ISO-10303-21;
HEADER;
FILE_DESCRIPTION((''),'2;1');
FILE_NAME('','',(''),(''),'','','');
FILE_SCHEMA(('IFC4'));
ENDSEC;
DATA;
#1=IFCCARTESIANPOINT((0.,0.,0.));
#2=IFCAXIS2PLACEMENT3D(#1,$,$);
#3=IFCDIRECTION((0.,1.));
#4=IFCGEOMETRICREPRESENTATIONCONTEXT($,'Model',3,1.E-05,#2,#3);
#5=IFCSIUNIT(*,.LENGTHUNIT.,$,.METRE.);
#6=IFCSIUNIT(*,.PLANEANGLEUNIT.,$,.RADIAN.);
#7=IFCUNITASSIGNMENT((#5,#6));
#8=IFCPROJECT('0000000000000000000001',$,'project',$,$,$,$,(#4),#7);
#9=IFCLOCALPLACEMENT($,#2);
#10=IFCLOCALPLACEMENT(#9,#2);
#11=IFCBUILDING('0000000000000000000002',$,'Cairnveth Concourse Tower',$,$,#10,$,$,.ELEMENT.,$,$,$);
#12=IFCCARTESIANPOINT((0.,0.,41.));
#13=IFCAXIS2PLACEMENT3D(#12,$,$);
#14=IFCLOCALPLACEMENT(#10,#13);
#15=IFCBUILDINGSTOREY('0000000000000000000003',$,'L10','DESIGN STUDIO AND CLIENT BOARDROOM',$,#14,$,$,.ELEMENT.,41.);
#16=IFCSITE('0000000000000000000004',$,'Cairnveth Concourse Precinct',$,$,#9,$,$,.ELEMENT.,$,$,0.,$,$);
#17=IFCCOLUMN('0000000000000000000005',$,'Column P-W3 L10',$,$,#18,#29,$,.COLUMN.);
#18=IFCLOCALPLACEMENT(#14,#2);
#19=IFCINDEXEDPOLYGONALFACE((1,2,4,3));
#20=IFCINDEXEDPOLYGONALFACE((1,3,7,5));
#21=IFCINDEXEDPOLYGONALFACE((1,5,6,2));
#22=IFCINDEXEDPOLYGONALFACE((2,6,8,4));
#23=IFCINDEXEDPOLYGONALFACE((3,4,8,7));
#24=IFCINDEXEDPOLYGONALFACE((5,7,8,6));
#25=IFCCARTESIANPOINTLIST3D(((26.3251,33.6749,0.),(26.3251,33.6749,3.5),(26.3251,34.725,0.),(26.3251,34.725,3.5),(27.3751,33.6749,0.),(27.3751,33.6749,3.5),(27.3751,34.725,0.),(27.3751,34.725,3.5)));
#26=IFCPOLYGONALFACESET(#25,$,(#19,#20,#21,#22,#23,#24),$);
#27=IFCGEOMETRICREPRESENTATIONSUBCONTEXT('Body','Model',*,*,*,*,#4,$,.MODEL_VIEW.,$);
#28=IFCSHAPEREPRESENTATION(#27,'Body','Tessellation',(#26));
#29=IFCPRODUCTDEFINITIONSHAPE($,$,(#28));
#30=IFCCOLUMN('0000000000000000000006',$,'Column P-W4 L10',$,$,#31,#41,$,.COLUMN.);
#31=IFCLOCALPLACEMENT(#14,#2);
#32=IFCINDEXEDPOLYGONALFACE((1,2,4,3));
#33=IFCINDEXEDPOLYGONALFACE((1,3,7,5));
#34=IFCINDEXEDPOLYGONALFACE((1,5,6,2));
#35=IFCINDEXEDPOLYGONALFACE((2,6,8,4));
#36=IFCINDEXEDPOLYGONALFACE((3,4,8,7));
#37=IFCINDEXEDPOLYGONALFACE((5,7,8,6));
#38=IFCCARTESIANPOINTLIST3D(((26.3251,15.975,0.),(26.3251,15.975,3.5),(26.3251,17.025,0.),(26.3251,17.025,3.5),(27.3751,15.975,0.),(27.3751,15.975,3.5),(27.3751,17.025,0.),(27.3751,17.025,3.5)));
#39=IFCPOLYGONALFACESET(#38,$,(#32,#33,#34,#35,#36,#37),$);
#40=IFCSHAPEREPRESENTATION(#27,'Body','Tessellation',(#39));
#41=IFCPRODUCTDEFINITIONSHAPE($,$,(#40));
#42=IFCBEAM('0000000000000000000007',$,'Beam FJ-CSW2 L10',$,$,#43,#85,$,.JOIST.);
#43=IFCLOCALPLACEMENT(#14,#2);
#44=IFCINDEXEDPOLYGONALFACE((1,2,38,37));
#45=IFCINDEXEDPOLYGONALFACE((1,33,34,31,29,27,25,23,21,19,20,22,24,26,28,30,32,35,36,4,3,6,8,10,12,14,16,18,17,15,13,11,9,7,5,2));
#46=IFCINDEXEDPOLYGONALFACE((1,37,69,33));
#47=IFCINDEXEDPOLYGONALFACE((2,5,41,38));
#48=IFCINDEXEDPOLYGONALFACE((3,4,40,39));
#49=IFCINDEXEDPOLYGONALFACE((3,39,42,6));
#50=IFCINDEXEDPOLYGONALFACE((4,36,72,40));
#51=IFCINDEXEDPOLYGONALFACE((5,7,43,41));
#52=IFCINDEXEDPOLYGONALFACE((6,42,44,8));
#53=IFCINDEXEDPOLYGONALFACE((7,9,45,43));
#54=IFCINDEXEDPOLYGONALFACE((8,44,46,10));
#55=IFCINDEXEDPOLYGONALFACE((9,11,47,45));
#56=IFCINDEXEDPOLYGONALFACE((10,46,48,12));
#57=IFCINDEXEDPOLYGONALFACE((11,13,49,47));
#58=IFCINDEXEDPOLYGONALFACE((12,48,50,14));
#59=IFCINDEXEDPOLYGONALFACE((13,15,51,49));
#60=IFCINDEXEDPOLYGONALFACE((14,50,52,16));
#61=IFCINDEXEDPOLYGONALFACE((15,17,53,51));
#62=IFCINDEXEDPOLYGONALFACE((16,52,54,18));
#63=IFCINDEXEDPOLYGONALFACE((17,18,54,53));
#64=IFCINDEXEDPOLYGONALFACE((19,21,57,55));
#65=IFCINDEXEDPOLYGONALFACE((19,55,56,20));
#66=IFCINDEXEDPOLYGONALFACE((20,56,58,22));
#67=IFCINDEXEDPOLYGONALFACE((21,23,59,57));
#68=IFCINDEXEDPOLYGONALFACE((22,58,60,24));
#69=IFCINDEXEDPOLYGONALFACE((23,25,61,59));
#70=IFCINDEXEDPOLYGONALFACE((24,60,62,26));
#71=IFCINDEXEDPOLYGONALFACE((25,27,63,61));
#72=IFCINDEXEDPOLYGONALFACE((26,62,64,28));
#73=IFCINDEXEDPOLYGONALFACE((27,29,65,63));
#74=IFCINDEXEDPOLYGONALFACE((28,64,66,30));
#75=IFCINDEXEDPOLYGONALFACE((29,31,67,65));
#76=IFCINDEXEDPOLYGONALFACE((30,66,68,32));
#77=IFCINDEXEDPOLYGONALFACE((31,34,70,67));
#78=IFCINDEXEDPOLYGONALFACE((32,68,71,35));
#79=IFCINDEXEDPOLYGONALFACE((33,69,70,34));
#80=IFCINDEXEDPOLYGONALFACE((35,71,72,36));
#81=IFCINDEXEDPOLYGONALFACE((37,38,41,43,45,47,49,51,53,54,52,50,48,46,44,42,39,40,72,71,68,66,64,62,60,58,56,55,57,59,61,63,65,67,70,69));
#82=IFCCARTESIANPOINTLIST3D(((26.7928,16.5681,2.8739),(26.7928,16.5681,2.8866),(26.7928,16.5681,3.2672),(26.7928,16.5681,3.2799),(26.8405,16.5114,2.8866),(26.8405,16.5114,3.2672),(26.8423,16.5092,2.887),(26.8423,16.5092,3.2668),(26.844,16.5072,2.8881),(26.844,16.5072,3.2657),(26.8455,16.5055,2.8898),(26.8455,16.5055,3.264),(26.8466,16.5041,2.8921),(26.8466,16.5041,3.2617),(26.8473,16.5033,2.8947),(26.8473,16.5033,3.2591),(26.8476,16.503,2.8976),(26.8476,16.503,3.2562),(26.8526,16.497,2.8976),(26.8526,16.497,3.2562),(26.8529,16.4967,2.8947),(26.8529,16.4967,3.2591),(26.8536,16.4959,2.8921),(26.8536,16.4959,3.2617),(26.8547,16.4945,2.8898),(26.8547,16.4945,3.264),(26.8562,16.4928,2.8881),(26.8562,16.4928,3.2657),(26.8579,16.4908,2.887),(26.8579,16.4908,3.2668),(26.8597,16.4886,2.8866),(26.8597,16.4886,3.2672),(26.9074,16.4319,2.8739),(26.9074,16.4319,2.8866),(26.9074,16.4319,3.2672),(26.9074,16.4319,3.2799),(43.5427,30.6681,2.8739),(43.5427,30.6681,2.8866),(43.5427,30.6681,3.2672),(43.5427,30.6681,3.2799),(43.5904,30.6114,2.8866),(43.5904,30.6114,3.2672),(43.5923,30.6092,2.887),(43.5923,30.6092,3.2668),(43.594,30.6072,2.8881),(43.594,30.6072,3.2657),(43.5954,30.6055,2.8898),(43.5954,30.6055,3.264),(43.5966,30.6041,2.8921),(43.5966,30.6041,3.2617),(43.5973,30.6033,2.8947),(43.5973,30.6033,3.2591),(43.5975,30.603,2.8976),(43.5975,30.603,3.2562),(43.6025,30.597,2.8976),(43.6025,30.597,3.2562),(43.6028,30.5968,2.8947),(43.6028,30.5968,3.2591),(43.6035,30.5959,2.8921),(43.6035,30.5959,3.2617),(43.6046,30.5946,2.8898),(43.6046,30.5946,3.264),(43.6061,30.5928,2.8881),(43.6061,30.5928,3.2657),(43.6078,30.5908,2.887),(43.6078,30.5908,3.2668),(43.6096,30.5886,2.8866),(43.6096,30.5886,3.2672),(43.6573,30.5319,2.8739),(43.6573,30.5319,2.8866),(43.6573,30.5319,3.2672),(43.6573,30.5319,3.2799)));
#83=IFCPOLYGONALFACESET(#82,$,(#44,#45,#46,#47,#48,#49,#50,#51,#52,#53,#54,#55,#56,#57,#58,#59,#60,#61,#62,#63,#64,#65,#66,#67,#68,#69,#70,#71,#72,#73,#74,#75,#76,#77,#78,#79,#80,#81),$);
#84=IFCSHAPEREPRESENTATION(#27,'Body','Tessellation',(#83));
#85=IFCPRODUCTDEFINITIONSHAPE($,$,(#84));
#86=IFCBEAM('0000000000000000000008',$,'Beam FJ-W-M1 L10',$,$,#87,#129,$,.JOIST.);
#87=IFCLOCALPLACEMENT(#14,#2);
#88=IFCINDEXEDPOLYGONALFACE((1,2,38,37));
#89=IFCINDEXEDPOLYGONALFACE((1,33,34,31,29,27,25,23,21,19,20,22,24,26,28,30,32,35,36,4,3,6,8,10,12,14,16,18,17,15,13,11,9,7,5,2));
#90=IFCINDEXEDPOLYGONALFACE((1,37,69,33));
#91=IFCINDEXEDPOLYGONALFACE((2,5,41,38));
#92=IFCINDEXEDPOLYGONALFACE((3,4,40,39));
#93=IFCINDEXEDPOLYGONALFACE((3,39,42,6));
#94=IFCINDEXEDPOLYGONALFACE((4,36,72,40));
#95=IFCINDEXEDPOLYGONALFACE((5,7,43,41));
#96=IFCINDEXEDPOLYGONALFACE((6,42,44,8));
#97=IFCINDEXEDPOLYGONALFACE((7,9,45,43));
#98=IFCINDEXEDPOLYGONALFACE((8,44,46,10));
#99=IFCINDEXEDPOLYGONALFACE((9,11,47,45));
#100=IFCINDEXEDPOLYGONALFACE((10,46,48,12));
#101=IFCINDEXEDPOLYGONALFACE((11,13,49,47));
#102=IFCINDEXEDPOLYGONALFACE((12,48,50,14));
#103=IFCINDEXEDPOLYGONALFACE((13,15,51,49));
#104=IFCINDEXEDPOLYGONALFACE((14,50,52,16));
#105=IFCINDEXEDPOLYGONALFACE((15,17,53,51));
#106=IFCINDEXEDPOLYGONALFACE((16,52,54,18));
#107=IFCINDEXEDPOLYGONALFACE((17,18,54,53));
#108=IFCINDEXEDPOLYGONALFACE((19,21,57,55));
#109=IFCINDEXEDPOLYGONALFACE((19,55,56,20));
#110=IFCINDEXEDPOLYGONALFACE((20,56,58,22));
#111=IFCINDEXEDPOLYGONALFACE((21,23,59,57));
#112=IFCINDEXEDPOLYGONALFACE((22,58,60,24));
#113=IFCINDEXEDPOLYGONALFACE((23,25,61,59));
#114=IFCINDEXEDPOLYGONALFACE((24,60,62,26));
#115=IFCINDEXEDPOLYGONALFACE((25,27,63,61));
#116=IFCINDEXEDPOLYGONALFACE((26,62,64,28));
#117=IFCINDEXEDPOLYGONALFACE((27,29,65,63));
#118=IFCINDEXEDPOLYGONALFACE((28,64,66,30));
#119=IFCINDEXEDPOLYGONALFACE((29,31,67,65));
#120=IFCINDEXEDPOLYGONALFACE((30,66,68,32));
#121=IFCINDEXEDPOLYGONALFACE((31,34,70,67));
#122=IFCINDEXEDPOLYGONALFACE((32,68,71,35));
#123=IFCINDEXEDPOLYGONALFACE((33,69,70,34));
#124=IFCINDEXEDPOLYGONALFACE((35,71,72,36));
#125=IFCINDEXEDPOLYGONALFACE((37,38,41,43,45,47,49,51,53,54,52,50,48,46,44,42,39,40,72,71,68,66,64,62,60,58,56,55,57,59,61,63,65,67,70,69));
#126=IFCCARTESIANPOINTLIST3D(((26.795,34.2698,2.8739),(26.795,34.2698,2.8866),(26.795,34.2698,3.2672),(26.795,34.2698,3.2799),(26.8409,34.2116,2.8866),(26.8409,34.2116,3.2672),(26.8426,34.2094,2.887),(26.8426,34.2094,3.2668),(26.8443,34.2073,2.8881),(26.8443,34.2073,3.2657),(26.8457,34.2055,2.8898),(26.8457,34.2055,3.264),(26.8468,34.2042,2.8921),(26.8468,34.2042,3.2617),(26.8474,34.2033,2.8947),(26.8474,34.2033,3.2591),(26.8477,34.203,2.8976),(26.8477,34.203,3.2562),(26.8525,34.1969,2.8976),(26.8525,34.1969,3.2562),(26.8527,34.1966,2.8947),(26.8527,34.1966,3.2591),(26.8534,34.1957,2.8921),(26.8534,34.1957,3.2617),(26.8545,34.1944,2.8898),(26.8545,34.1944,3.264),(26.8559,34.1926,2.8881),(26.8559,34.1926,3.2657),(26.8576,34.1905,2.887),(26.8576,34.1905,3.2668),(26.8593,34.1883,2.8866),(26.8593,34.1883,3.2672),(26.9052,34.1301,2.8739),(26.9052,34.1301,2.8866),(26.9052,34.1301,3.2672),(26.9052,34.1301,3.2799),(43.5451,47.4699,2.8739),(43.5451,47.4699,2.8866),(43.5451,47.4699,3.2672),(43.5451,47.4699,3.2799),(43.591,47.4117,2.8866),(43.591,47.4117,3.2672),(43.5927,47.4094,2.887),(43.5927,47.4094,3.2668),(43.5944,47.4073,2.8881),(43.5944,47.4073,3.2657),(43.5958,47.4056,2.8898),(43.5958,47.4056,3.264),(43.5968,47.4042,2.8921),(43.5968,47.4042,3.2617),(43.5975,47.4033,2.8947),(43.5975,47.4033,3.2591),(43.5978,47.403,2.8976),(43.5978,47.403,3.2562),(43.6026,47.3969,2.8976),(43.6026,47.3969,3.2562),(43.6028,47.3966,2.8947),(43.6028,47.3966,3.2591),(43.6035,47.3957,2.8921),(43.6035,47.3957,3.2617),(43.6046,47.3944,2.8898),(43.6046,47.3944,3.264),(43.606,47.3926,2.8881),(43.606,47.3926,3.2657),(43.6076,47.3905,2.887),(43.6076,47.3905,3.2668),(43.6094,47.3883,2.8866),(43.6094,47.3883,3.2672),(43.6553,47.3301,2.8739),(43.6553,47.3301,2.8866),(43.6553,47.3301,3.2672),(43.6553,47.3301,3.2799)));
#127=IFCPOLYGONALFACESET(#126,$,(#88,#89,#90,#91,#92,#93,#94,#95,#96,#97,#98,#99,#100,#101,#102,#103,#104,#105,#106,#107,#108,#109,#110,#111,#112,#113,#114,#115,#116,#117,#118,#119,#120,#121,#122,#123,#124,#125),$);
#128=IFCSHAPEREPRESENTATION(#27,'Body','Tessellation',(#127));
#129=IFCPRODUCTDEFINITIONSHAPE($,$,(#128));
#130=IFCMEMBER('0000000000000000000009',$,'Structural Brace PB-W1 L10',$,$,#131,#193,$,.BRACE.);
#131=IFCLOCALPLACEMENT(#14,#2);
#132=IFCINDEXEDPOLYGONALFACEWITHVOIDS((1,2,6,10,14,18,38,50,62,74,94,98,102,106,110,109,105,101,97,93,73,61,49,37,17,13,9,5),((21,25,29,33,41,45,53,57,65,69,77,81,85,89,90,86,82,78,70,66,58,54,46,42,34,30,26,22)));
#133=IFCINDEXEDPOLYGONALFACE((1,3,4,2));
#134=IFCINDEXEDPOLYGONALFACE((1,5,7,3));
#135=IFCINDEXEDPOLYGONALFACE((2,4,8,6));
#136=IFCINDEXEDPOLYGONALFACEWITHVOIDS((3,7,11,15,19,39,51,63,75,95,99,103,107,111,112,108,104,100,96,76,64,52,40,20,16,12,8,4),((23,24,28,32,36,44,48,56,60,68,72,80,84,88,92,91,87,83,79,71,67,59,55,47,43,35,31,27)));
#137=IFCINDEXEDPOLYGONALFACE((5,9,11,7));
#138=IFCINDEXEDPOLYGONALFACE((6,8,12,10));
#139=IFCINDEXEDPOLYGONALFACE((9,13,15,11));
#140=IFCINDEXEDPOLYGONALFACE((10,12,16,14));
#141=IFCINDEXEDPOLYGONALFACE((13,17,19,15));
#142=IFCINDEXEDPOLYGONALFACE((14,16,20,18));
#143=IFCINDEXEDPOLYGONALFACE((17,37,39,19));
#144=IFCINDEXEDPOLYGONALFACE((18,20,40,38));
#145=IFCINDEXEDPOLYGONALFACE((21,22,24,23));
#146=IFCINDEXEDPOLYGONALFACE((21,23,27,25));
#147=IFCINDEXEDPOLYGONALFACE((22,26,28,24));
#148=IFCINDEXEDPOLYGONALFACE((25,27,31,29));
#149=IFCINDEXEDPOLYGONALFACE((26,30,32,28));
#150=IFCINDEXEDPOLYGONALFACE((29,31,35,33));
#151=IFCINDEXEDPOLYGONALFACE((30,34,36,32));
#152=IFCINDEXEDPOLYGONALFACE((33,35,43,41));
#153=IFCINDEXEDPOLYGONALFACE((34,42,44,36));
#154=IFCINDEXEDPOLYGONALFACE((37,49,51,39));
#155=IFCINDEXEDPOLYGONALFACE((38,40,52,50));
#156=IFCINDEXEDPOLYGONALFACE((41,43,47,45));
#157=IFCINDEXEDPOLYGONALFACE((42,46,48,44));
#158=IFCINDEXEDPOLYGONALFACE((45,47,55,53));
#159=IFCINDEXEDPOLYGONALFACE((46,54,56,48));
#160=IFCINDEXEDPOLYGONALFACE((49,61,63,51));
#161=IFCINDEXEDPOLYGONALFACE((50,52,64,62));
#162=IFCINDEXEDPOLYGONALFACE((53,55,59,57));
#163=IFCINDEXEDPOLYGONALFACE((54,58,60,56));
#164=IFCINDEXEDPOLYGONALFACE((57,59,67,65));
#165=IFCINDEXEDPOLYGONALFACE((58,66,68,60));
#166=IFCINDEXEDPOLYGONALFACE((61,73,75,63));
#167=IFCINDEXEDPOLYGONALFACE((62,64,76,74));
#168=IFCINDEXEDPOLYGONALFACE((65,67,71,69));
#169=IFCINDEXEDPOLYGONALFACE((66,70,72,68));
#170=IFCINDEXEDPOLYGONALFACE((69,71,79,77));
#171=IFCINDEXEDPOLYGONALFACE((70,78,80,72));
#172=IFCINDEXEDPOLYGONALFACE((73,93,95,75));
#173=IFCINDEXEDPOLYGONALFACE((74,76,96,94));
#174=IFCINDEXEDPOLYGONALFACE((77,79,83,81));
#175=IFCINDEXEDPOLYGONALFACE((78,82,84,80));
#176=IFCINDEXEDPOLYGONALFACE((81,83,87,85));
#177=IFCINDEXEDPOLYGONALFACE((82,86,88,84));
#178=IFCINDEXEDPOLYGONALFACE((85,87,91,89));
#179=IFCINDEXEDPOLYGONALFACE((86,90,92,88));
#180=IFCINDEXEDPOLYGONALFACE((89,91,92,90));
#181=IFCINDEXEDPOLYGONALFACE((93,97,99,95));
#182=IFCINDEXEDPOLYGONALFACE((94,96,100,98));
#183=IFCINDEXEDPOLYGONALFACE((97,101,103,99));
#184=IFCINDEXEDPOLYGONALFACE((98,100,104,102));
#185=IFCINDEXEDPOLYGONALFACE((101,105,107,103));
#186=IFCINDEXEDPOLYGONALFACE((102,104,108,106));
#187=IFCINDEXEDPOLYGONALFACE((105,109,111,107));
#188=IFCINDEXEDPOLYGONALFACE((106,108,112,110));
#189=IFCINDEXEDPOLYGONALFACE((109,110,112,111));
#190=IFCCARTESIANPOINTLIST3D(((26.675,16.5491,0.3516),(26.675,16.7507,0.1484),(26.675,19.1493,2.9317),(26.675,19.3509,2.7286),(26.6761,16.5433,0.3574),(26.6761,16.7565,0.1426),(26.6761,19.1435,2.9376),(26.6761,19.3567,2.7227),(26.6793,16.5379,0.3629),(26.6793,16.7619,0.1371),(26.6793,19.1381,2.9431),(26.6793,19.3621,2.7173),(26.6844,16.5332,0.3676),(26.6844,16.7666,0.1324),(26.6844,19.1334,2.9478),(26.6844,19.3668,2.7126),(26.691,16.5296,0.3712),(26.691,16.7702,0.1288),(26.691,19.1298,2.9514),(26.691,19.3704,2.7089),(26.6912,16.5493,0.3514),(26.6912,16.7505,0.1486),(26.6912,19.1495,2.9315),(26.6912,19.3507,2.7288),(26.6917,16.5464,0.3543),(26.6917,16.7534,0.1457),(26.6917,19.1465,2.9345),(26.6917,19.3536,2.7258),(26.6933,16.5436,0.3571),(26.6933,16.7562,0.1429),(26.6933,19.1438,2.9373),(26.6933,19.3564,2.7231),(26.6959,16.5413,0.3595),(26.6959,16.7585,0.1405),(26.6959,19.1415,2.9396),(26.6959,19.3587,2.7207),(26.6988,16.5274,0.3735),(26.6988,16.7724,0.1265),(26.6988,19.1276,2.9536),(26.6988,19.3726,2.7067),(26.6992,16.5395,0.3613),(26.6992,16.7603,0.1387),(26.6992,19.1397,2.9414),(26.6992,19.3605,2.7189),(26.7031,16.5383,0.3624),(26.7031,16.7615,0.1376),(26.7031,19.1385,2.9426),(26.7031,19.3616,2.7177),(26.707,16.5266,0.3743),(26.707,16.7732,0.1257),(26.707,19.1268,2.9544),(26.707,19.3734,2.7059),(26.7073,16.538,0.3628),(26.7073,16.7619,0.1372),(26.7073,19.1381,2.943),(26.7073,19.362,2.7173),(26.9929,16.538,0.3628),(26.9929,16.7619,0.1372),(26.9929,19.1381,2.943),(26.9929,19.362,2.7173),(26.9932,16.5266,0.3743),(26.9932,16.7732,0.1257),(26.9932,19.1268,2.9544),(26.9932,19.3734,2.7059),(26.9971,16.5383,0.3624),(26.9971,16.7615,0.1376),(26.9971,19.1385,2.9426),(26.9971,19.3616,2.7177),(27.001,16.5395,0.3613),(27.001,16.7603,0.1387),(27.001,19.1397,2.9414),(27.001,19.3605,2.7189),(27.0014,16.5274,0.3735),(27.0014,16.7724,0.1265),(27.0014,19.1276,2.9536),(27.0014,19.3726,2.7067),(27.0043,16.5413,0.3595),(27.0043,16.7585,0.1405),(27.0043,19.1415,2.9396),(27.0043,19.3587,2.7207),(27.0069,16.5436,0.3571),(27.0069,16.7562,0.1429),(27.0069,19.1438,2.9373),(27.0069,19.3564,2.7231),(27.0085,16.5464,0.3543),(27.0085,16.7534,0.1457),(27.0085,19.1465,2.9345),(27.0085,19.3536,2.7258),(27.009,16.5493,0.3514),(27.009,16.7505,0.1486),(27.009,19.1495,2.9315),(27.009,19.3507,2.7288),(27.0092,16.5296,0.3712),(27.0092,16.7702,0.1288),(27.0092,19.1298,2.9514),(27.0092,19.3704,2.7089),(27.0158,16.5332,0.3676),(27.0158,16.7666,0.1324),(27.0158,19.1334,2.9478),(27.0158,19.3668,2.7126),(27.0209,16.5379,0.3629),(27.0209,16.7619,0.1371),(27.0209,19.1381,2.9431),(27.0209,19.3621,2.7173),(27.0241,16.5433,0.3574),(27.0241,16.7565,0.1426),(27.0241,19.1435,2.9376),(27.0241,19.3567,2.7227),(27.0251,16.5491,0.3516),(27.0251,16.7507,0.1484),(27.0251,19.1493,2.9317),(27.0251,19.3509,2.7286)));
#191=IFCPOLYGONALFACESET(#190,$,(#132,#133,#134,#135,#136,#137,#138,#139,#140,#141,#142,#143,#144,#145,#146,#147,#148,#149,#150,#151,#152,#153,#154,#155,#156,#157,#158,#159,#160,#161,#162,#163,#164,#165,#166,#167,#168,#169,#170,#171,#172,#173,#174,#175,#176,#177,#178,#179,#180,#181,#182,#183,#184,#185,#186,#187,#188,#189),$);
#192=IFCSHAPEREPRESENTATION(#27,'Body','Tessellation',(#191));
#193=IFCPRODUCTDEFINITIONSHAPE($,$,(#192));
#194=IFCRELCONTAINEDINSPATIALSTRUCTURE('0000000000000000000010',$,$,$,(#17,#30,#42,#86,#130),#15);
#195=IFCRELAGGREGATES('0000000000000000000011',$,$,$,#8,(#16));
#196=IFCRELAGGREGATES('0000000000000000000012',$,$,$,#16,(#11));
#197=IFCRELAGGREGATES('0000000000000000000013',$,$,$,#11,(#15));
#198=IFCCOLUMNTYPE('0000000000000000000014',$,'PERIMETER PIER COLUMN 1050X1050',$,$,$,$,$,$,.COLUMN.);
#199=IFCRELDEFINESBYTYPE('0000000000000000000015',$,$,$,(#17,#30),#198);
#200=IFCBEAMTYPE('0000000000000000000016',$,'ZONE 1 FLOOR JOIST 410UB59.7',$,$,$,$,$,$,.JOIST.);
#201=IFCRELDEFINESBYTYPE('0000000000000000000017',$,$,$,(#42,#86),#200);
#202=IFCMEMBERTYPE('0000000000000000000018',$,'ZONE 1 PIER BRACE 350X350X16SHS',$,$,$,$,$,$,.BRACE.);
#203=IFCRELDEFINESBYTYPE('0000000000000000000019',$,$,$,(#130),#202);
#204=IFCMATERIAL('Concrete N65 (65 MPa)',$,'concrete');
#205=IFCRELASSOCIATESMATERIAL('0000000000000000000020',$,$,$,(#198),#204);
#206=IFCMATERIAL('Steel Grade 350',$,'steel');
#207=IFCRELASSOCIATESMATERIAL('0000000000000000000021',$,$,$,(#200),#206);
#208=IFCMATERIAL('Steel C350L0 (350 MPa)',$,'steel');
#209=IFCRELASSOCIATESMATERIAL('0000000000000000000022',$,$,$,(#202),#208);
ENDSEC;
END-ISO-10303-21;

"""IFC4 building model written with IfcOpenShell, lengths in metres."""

from ifc_helpers import new_model, si_unit, direction, frame, origin, origin_2d, place, context, subcontext, project, spatial, rectangle, hollow_rectangle, i_section, extrude, material, material_profile, profile_set, type_object, element, save


model = new_model("IFC4")

# Units and contexts
model_context = context("Model", 3, precision=1e-05, world=origin(), true_north=direction((0.0, 1.0)))
body_context = subcontext(model_context, "Body", "Model", "MODEL_VIEW")
ifc_project = project(units=[si_unit("LENGTHUNIT", "METRE"), si_unit("PLANEANGLEUNIT", "RADIAN")], contexts=[model_context])

# Site, building, storey
site_placement = place(None, origin())
site = spatial("IfcSite", under=ifc_project, at=site_placement, Name="Cairnveth Concourse Precinct", CompositionType="ELEMENT", RefElevation=0.0)
building_placement = place(site_placement, origin())
building = spatial("IfcBuilding", under=site, at=building_placement, Name="Cairnveth Concourse Tower", CompositionType="ELEMENT")
storey_placement = place(building_placement, frame((0.0, 0.0, 41.0)))
storey = spatial("IfcBuildingStorey", under=building, at=storey_placement, Name="L10", Description="DESIGN STUDIO AND CLIENT BOARDROOM", CompositionType="ELEMENT", Elevation=41.0)

# Columns
ifc_material_1 = material(Name="Concrete N65 (65 MPa)", Category="concrete")
ifc_material_profile_1 = material_profile(ifc_material_1, rectangle(XDim=1.05, YDim=1.05, at=origin_2d()), Name="RC-COL-1050x1050")
ifc_profile_set_1 = profile_set([ifc_material_profile_1], Name="Concrete N65 (65 MPa)")
column_type = type_object("IfcColumnType", Name="PERIMETER PIER COLUMN 1050X1050", PredefinedType="COLUMN", material=ifc_profile_set_1)
for number, where, z_axis, x_axis, name in (
    (1, (26.8501, 34.2, 0.0), (0.0, 0.0, 1.0), (0.0, 1.0, 0.0), "Column P-W3 L10"),
    (2, (26.8501, 16.5, 0.0), (0.0, 0.0, 1.0), (0.0, 1.0, 0.0), "Column P-W4 L10"),
):
    element("IfcColumn", number, at=place(storey_placement, frame(where, z_axis=z_axis, x_axis=x_axis)), inside=storey, type_object=column_type, Name=name, PredefinedType="COLUMN", context=body_context, shape_type="SweptSolid", body=[
        extrude(rectangle(XDim=1.05, YDim=1.05, at=origin_2d()), origin(), (0.0, 0.0, 1.0), 3.5),
    ])

# Beams
ifc_material_2 = material(Name="Steel Grade 350", Category="steel")
ifc_material_profile_2 = material_profile(ifc_material_2, i_section(OverallWidth=0.178, OverallDepth=0.406, WebThickness=0.0078, FlangeThickness=0.0127, FilletRadius=0.011, at=origin_2d()), Name="410UB59.7")
ifc_profile_set_2 = profile_set([ifc_material_profile_2], Name="Steel Grade 350")
beam_type_1 = type_object("IfcBeamType", Name="ZONE 1 FLOOR JOIST 410UB59.7", PredefinedType="JOIST", material=ifc_profile_set_2)
beam_1_placement = place(storey_placement, frame((26.8501, 16.5, 3.0769), z_axis=(0.765027, 0.643998, 0.0), x_axis=(-0.643998, 0.765027, 0.0)))
element("IfcBeam", 3, at=beam_1_placement, inside=storey, type_object=beam_type_1, Name="Beam FJ-CSW2 L10", PredefinedType="JOIST", context=body_context, shape_type="SweptSolid", body=[
    extrude(i_section(OverallWidth=0.178, OverallDepth=0.406, WebThickness=0.0078, FlangeThickness=0.0127, FilletRadius=0.011, at=origin_2d()), origin(), (0.0, 0.0, 1.0), 21.8945),
])
beam_2_placement = place(storey_placement, frame((26.8501, 34.2, 3.0769), z_axis=(0.785424, 0.618958, 0.0), x_axis=(-0.618958, 0.785424, 0.0)))
element("IfcBeam", 4, at=beam_2_placement, inside=storey, type_object=beam_type_1, Name="Beam FJ-W-M1 L10", PredefinedType="JOIST", context=body_context, shape_type="SweptSolid", body=[
    extrude(i_section(OverallWidth=0.178, OverallDepth=0.406, WebThickness=0.0078, FlangeThickness=0.0127, FilletRadius=0.011, at=origin_2d()), origin(), (0.0, 0.0, 1.0), 21.3262),
])

# Member
ifc_material_3 = material(Name="Steel C350L0 (350 MPa)", Category="steel")
ifc_material_profile_3 = material_profile(ifc_material_3, hollow_rectangle(XDim=0.3501, YDim=0.3501, WallThickness=0.0161, InnerFilletRadius=0.0161, OuterFilletRadius=0.032, at=origin_2d()), Name="350x350x16.0SHS")
ifc_profile_set_3 = profile_set([ifc_material_profile_3], Name="Steel C350L0 (350 MPa)")
member_type = type_object("IfcMemberType", Name="ZONE 1 PIER BRACE 350X350X16SHS", PredefinedType="BRACE", material=ifc_profile_set_3)
member_placement = place(storey_placement, frame((26.8501, 16.6499, 0.25), z_axis=(0.0, 0.709834, 0.704369), x_axis=(-1.0, 0.0, 0.0)))
element("IfcMember", 5, at=member_placement, inside=storey, type_object=member_type, Name="Structural Brace PB-W1 L10", PredefinedType="BRACE", context=body_context, shape_type="SweptSolid", body=[
    extrude(hollow_rectangle(XDim=0.3501, YDim=0.3501, WallThickness=0.0161, InnerFilletRadius=0.0161, OuterFilletRadius=0.032, at=origin_2d()), origin(), (0.0, 0.0, 1.0), 3.6631),
])

save(model, "model.ifc")
